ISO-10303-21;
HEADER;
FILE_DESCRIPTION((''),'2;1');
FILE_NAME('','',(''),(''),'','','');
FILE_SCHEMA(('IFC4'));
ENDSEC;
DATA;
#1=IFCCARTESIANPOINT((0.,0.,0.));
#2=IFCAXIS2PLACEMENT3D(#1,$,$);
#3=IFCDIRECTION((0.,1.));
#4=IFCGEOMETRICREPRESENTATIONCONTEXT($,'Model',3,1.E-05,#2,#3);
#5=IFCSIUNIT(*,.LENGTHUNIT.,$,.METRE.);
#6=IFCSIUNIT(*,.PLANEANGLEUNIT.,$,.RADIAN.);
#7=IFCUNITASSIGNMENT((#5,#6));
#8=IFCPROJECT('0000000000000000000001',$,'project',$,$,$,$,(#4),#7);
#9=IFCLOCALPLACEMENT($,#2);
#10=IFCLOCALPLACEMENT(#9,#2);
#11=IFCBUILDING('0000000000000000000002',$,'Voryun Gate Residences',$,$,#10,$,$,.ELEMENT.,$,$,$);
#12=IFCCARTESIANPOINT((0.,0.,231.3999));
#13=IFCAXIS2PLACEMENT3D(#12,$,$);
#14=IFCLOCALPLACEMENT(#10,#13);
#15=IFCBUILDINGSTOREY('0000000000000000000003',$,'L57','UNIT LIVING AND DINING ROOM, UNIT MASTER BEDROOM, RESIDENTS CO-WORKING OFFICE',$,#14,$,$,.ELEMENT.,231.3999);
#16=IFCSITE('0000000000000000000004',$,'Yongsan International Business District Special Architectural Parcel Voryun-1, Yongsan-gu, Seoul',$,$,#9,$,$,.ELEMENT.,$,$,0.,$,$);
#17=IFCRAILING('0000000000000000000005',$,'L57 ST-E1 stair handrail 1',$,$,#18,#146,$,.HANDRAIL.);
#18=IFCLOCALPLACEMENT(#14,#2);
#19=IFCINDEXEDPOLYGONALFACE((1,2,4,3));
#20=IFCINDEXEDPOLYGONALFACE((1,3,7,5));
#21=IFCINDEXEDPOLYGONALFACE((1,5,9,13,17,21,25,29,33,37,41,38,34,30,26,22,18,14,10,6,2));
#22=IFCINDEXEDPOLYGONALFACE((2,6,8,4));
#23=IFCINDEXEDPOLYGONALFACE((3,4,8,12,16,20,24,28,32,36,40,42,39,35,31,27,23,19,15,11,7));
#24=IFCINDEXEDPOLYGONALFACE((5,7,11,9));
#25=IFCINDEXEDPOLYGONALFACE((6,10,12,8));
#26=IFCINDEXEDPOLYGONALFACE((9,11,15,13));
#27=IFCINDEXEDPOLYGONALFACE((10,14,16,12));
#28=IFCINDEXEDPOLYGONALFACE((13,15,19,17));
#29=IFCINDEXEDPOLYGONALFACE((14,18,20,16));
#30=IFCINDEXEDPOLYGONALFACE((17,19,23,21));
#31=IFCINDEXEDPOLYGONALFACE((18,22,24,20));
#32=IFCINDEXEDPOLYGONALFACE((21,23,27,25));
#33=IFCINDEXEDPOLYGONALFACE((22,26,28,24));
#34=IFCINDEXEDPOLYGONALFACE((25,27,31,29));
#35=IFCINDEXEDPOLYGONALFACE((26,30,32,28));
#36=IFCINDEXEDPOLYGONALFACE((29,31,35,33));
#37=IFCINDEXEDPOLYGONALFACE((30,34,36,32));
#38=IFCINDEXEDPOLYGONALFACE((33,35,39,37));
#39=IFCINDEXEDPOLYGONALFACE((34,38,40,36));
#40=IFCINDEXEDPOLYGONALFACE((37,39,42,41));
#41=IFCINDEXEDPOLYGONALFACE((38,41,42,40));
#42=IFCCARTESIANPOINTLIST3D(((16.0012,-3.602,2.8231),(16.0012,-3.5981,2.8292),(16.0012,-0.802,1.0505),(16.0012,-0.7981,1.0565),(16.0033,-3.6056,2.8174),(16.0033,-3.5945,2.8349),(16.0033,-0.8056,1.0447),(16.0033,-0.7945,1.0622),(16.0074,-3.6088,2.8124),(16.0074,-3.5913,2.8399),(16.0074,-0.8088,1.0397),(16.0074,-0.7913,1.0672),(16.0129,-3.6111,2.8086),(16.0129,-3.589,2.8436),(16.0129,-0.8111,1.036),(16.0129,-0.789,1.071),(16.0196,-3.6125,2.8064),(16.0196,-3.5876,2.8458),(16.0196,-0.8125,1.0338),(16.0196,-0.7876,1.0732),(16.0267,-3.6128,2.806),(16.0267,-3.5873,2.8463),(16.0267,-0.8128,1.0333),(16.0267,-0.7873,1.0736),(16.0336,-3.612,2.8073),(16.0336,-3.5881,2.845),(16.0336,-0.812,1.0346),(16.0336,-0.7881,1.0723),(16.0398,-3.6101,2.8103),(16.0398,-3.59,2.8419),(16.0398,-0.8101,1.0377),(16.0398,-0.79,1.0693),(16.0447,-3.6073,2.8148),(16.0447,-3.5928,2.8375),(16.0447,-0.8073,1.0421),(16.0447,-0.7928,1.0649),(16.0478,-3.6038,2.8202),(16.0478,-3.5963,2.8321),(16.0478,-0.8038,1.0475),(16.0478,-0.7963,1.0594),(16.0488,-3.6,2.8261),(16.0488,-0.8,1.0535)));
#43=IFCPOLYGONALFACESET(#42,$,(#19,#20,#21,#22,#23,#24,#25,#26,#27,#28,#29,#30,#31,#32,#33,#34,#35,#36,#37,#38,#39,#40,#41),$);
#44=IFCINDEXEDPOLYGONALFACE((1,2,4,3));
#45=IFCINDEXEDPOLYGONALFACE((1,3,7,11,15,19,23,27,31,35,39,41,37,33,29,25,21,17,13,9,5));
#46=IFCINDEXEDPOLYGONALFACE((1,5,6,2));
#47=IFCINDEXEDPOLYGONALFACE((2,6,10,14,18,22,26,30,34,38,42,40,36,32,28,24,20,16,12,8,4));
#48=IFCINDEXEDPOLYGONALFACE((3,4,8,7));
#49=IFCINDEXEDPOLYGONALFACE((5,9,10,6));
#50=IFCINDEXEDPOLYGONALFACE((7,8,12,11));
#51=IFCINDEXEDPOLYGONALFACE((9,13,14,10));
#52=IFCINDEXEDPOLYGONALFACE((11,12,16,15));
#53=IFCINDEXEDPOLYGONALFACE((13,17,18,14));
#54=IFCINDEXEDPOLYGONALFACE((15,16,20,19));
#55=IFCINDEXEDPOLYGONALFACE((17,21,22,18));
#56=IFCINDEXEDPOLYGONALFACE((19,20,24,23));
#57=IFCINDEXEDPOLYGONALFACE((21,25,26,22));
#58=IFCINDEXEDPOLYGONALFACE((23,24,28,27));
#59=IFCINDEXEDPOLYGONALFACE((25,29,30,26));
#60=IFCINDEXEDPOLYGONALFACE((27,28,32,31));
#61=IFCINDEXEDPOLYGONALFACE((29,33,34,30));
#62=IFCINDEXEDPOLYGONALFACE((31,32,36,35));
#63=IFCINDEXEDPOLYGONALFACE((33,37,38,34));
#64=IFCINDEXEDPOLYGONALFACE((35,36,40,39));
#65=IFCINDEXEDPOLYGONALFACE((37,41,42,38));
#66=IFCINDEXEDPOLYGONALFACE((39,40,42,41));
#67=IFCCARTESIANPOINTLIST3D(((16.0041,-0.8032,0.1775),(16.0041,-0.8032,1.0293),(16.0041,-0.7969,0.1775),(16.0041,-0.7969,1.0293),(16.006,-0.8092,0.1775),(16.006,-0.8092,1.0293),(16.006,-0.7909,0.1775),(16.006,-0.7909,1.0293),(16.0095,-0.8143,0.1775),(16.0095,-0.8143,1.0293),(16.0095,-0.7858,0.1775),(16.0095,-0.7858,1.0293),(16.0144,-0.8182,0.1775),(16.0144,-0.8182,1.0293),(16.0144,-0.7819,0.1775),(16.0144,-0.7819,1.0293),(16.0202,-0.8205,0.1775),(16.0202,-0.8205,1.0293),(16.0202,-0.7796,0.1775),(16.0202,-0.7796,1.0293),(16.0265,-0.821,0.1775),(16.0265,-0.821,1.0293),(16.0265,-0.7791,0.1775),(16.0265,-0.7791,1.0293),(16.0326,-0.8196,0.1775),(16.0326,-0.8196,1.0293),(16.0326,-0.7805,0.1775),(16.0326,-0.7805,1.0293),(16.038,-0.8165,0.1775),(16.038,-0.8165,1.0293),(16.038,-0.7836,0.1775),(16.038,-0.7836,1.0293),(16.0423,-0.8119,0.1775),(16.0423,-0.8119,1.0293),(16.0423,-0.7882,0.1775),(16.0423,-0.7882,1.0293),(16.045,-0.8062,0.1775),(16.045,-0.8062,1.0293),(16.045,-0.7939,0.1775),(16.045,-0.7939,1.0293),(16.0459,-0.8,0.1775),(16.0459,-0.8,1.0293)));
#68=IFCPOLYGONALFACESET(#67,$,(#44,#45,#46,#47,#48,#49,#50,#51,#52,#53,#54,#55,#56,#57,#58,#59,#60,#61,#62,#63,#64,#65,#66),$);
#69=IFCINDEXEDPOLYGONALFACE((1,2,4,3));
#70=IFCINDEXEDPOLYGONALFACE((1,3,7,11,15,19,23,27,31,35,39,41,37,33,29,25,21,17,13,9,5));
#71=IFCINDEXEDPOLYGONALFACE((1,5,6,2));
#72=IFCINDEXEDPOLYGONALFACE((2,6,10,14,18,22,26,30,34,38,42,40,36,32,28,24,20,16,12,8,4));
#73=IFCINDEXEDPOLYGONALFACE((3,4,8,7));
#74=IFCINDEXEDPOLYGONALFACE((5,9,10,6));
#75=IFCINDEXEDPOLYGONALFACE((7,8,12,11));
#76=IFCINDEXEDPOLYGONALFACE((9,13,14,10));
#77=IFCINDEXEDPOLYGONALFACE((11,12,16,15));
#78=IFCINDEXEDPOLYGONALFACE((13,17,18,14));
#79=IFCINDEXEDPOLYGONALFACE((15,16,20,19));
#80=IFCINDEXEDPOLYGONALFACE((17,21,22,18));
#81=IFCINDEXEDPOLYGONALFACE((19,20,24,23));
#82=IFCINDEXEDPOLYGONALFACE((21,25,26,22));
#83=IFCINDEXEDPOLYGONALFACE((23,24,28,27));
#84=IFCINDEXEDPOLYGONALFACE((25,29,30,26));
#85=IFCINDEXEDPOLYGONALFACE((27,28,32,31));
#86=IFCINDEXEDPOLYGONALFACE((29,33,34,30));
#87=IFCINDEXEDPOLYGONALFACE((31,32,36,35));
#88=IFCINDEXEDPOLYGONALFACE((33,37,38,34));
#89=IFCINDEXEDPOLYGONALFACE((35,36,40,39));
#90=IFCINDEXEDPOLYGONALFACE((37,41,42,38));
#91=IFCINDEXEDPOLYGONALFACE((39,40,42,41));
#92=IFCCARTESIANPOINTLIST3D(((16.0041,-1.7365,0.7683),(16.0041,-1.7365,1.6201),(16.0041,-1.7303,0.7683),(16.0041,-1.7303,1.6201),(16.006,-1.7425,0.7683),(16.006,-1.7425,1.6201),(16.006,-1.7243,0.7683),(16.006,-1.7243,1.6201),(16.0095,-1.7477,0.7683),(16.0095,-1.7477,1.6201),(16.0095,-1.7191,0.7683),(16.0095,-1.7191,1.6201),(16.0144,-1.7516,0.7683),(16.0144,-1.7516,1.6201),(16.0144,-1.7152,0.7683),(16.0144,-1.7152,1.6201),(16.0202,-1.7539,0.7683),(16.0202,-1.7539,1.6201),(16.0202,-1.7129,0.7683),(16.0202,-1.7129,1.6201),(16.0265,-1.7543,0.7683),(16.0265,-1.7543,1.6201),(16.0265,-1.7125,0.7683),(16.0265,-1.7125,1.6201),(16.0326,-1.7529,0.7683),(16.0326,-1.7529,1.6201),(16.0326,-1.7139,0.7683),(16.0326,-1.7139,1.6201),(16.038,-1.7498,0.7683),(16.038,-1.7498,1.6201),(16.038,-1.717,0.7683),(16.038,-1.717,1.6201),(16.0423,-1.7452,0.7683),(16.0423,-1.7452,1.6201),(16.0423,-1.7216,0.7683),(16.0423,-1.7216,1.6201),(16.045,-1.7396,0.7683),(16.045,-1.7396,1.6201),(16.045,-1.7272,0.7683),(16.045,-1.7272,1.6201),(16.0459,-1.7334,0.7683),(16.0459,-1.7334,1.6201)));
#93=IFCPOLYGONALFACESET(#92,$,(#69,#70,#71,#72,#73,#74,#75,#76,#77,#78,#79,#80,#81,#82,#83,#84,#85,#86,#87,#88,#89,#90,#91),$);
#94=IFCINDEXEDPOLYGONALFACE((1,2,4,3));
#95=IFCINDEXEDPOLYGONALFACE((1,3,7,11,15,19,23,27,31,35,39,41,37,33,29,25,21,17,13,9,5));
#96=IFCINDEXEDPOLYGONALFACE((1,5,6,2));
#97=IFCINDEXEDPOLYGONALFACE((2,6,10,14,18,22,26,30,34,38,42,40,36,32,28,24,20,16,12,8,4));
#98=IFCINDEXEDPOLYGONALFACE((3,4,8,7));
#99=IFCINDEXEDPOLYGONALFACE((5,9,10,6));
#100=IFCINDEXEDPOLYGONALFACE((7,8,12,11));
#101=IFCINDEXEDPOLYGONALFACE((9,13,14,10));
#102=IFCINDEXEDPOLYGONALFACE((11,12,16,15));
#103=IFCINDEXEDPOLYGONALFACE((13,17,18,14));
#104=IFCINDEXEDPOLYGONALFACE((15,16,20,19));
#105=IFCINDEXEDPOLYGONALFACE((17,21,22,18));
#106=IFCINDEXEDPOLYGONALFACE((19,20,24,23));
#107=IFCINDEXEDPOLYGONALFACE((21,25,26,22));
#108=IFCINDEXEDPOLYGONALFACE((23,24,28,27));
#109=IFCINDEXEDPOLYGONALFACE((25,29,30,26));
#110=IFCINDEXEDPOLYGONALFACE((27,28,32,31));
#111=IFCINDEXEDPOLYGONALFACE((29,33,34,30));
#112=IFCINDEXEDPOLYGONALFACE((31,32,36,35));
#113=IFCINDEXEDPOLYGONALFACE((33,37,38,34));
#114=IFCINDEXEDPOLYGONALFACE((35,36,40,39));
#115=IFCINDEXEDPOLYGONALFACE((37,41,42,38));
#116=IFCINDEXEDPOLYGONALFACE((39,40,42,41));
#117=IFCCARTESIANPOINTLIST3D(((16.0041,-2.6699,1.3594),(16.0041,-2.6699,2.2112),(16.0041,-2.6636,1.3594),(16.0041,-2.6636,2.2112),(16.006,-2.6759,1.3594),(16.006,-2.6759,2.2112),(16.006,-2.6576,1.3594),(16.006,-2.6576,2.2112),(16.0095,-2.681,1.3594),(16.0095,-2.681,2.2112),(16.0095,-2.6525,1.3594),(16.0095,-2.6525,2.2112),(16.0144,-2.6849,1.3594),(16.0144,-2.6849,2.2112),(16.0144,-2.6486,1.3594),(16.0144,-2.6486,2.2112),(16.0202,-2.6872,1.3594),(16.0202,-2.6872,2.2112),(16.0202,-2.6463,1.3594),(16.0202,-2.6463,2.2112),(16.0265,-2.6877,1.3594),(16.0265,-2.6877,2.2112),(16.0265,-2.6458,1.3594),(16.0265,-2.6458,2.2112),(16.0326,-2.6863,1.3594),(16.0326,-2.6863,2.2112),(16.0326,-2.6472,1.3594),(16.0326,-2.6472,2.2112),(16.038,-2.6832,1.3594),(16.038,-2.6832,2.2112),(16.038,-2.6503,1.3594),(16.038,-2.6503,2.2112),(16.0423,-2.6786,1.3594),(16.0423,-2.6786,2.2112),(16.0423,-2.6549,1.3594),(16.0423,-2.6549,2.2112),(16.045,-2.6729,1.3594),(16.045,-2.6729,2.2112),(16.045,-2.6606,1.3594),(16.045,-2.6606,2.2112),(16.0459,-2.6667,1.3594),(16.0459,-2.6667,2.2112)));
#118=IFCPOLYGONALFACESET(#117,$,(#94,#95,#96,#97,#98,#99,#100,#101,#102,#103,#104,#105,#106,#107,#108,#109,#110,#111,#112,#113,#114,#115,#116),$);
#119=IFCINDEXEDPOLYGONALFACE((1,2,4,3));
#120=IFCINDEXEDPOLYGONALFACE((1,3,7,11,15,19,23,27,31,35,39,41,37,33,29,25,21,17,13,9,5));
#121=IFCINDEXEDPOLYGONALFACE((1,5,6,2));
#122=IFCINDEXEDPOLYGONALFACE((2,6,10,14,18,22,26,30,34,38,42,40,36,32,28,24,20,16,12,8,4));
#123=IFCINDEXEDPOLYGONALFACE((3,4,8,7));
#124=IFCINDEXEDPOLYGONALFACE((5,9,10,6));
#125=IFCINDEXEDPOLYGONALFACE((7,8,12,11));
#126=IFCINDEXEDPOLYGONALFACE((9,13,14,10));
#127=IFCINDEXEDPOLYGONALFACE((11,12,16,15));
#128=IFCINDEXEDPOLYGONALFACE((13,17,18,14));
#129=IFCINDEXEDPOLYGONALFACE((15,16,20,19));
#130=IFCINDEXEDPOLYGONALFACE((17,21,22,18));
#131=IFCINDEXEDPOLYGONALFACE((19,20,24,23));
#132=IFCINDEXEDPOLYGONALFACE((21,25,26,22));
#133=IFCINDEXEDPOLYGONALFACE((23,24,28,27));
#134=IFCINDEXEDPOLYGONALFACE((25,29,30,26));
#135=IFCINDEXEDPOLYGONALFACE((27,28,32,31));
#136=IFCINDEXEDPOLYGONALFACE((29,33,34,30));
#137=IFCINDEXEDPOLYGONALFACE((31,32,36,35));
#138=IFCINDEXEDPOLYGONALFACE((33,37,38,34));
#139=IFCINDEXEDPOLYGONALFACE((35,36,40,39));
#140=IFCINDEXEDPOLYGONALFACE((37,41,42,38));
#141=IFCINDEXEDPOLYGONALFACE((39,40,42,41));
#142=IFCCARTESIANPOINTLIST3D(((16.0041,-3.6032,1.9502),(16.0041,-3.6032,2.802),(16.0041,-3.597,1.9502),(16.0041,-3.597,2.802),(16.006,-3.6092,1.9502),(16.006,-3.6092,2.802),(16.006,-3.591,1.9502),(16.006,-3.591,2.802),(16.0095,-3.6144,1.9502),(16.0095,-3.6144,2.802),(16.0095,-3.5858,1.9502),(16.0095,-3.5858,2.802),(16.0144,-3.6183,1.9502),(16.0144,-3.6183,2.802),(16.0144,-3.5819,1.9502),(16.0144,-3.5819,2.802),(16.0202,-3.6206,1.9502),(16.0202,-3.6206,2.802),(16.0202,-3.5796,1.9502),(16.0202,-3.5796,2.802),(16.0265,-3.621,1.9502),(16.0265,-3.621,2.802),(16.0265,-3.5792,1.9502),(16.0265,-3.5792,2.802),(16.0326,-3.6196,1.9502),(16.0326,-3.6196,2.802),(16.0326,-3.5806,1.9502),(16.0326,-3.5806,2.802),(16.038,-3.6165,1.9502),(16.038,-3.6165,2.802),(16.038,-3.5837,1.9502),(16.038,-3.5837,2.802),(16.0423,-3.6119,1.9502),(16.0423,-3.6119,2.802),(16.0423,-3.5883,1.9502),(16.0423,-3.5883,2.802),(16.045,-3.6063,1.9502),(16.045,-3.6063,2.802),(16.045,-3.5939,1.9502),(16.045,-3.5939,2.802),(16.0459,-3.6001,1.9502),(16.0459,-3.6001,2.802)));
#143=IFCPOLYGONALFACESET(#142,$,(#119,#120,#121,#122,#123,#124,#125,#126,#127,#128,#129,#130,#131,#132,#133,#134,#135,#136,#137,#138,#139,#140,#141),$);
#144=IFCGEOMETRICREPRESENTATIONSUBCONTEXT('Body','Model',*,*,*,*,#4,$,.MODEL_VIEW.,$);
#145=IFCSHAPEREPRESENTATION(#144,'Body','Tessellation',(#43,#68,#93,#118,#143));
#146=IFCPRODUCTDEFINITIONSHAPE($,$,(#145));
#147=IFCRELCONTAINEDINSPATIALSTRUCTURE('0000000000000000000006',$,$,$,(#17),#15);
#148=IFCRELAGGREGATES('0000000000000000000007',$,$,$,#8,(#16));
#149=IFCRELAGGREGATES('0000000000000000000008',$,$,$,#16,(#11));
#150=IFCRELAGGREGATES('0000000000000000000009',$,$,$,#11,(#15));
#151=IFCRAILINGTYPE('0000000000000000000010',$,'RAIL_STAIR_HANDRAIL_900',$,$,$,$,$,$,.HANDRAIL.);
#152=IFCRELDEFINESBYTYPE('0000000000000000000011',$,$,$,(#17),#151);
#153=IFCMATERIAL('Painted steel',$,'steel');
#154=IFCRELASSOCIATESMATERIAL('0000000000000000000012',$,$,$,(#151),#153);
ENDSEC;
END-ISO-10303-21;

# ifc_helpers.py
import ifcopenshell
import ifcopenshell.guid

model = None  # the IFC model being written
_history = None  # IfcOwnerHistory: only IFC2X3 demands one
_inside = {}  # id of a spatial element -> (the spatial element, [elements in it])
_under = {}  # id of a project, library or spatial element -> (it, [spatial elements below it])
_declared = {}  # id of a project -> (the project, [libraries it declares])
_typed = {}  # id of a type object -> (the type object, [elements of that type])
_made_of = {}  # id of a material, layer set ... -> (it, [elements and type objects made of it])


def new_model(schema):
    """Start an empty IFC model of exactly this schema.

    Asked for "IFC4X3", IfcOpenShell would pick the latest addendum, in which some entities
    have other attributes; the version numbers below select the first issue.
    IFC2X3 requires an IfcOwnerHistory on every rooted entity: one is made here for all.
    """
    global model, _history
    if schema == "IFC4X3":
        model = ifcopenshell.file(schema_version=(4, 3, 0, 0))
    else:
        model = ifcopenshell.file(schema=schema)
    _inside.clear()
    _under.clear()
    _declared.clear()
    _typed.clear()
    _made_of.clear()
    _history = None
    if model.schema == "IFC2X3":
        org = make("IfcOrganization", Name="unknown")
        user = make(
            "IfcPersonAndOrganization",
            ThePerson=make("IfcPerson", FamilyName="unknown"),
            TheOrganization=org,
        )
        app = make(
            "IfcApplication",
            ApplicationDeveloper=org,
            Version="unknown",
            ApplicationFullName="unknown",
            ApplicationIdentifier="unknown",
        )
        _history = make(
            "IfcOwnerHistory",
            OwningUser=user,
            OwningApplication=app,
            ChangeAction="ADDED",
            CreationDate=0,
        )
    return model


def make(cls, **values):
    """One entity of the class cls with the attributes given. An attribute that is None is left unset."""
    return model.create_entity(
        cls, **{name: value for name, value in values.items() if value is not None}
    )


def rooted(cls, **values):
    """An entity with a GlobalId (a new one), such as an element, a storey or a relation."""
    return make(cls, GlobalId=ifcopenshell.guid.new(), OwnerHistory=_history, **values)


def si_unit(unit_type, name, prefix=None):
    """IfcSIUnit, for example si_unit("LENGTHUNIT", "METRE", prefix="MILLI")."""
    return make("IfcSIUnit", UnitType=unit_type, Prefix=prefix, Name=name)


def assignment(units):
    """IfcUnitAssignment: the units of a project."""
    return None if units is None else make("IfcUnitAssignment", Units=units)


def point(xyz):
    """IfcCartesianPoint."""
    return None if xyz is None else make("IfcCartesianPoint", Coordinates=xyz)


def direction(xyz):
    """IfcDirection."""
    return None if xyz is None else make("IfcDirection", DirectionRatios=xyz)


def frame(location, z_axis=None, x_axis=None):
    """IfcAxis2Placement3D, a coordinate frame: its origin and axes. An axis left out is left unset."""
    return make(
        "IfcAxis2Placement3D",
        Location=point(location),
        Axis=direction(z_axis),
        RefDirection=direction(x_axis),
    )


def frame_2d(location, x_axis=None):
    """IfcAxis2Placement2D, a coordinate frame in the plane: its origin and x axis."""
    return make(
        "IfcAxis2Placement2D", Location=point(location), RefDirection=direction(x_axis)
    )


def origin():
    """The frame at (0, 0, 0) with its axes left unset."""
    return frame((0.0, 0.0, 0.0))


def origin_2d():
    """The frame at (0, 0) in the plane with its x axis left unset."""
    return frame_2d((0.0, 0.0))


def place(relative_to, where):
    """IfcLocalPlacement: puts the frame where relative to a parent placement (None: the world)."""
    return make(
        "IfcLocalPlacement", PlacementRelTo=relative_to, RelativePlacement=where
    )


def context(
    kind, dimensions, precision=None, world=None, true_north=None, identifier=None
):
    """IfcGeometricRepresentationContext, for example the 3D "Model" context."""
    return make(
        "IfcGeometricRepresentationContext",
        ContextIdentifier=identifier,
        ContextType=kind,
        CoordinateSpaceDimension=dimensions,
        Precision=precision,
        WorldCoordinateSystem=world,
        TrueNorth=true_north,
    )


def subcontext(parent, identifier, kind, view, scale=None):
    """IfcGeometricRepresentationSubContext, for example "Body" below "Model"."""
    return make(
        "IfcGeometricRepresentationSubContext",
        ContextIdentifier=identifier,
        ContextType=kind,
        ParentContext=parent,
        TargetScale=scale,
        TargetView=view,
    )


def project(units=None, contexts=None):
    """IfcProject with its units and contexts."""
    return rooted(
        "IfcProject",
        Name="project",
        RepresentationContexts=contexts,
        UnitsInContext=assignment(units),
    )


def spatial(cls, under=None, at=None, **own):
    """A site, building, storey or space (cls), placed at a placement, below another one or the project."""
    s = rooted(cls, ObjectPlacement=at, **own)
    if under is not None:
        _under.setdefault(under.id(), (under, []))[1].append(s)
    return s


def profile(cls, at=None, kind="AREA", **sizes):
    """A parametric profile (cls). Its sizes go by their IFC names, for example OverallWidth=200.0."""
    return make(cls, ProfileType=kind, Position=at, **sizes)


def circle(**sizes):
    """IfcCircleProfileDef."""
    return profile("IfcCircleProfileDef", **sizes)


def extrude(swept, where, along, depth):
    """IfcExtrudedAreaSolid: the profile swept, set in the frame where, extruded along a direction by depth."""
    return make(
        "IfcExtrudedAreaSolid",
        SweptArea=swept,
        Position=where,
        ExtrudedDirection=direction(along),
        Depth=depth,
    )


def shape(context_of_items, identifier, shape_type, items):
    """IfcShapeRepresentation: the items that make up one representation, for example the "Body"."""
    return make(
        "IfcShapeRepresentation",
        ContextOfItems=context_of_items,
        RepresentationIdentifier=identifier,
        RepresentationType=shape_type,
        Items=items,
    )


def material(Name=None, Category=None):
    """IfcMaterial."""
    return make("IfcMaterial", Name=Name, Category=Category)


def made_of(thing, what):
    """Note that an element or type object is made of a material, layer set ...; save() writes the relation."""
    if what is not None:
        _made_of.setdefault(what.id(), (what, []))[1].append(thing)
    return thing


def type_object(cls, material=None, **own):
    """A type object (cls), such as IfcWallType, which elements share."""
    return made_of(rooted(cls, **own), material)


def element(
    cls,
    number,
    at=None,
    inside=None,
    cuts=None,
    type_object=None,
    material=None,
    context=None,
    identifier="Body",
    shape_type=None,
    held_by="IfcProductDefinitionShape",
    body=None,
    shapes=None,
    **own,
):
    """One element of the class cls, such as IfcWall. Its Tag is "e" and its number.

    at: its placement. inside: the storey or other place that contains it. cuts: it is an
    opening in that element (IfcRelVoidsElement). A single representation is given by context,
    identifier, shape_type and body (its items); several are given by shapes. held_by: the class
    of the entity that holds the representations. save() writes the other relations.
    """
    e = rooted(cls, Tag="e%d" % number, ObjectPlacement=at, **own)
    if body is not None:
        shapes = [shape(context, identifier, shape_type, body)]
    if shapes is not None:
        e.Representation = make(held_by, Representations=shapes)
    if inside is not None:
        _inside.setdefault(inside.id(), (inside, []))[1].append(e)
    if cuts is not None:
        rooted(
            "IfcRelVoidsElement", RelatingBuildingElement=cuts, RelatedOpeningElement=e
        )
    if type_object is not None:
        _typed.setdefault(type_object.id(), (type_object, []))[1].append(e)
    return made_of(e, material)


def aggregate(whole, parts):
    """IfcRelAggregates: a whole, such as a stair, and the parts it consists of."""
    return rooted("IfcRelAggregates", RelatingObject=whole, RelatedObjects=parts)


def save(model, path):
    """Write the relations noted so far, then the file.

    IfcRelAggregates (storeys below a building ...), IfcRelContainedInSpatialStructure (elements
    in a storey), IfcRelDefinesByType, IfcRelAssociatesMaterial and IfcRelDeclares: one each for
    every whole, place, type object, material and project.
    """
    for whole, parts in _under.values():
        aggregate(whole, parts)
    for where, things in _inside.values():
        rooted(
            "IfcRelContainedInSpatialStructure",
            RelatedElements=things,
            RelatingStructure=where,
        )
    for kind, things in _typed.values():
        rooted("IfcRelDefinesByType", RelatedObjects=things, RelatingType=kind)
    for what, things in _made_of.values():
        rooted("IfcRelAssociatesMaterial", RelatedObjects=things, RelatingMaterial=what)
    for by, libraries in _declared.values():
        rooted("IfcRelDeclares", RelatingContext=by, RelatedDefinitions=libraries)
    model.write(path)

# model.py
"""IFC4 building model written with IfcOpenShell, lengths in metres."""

from ifc_helpers import new_model, si_unit, direction, frame, origin, origin_2d, place, context, subcontext, project, spatial, circle, extrude, material, type_object, element, save


model = new_model("IFC4")

# Units and contexts
model_context = context("Model", 3, precision=1e-05, world=origin(), true_north=direction((0.0, 1.0)))
body_context = subcontext(model_context, "Body", "Model", "MODEL_VIEW")
ifc_project = project(units=[si_unit("LENGTHUNIT", "METRE"), si_unit("PLANEANGLEUNIT", "RADIAN")], contexts=[model_context])

# Site, building, storey
site_placement = place(None, origin())
site = spatial("IfcSite", under=ifc_project, at=site_placement, Name="Yongsan International Business District Special Architectural Parcel Voryun-1, Yongsan-gu, Seoul", CompositionType="ELEMENT", RefElevation=0.0)
building_placement = place(site_placement, origin())
building = spatial("IfcBuilding", under=site, at=building_placement, Name="Voryun Gate Residences", CompositionType="ELEMENT")
storey_placement = place(building_placement, frame((0.0, 0.0, 231.3999)))
storey = spatial("IfcBuildingStorey", under=building, at=storey_placement, Name="L57", Description="UNIT LIVING AND DINING ROOM, UNIT MASTER BEDROOM, RESIDENTS CO-WORKING OFFICE", CompositionType="ELEMENT", Elevation=231.3999)

# Railing
ifc_material_1 = material(Name="Painted steel", Category="steel")
railing_type_1 = type_object("IfcRailingType", Name="RAIL_STAIR_HANDRAIL_900", PredefinedType="HANDRAIL", material=ifc_material_1)
railing_1_placement = place(storey_placement, frame((16.0249, -0.8, 0.1775)))
element("IfcRailing", 1, at=railing_1_placement, inside=storey, type_object=railing_type_1, Name="L57 ST-E1 stair handrail 1", PredefinedType="HANDRAIL", context=body_context, shape_type="SweptSolid", body=[
    extrude(circle(Radius=0.0239, at=origin_2d()), frame((0.0, 0.0, 0.876), z_axis=(0.0, -0.844909, 0.53491), x_axis=(1.0, 0.0, 0.0)), (0.0, 0.0, 1.0), 3.314),
    extrude(circle(Radius=0.021, at=origin_2d()), origin(), (0.0, 0.0, 1.0), 0.8518),
    extrude(circle(Radius=0.021, at=origin_2d()), frame((0.0, -0.9333, 0.5908)), (0.0, 0.0, 1.0), 0.8518),
    extrude(circle(Radius=0.021, at=origin_2d()), frame((0.0, -1.8667, 1.1819)), (0.0, 0.0, 1.0), 0.8518),
    extrude(circle(Radius=0.021, at=origin_2d()), frame((0.0, -2.8, 1.7727)), (0.0, 0.0, 1.0), 0.8518),
])

save(model, "model.ifc")
